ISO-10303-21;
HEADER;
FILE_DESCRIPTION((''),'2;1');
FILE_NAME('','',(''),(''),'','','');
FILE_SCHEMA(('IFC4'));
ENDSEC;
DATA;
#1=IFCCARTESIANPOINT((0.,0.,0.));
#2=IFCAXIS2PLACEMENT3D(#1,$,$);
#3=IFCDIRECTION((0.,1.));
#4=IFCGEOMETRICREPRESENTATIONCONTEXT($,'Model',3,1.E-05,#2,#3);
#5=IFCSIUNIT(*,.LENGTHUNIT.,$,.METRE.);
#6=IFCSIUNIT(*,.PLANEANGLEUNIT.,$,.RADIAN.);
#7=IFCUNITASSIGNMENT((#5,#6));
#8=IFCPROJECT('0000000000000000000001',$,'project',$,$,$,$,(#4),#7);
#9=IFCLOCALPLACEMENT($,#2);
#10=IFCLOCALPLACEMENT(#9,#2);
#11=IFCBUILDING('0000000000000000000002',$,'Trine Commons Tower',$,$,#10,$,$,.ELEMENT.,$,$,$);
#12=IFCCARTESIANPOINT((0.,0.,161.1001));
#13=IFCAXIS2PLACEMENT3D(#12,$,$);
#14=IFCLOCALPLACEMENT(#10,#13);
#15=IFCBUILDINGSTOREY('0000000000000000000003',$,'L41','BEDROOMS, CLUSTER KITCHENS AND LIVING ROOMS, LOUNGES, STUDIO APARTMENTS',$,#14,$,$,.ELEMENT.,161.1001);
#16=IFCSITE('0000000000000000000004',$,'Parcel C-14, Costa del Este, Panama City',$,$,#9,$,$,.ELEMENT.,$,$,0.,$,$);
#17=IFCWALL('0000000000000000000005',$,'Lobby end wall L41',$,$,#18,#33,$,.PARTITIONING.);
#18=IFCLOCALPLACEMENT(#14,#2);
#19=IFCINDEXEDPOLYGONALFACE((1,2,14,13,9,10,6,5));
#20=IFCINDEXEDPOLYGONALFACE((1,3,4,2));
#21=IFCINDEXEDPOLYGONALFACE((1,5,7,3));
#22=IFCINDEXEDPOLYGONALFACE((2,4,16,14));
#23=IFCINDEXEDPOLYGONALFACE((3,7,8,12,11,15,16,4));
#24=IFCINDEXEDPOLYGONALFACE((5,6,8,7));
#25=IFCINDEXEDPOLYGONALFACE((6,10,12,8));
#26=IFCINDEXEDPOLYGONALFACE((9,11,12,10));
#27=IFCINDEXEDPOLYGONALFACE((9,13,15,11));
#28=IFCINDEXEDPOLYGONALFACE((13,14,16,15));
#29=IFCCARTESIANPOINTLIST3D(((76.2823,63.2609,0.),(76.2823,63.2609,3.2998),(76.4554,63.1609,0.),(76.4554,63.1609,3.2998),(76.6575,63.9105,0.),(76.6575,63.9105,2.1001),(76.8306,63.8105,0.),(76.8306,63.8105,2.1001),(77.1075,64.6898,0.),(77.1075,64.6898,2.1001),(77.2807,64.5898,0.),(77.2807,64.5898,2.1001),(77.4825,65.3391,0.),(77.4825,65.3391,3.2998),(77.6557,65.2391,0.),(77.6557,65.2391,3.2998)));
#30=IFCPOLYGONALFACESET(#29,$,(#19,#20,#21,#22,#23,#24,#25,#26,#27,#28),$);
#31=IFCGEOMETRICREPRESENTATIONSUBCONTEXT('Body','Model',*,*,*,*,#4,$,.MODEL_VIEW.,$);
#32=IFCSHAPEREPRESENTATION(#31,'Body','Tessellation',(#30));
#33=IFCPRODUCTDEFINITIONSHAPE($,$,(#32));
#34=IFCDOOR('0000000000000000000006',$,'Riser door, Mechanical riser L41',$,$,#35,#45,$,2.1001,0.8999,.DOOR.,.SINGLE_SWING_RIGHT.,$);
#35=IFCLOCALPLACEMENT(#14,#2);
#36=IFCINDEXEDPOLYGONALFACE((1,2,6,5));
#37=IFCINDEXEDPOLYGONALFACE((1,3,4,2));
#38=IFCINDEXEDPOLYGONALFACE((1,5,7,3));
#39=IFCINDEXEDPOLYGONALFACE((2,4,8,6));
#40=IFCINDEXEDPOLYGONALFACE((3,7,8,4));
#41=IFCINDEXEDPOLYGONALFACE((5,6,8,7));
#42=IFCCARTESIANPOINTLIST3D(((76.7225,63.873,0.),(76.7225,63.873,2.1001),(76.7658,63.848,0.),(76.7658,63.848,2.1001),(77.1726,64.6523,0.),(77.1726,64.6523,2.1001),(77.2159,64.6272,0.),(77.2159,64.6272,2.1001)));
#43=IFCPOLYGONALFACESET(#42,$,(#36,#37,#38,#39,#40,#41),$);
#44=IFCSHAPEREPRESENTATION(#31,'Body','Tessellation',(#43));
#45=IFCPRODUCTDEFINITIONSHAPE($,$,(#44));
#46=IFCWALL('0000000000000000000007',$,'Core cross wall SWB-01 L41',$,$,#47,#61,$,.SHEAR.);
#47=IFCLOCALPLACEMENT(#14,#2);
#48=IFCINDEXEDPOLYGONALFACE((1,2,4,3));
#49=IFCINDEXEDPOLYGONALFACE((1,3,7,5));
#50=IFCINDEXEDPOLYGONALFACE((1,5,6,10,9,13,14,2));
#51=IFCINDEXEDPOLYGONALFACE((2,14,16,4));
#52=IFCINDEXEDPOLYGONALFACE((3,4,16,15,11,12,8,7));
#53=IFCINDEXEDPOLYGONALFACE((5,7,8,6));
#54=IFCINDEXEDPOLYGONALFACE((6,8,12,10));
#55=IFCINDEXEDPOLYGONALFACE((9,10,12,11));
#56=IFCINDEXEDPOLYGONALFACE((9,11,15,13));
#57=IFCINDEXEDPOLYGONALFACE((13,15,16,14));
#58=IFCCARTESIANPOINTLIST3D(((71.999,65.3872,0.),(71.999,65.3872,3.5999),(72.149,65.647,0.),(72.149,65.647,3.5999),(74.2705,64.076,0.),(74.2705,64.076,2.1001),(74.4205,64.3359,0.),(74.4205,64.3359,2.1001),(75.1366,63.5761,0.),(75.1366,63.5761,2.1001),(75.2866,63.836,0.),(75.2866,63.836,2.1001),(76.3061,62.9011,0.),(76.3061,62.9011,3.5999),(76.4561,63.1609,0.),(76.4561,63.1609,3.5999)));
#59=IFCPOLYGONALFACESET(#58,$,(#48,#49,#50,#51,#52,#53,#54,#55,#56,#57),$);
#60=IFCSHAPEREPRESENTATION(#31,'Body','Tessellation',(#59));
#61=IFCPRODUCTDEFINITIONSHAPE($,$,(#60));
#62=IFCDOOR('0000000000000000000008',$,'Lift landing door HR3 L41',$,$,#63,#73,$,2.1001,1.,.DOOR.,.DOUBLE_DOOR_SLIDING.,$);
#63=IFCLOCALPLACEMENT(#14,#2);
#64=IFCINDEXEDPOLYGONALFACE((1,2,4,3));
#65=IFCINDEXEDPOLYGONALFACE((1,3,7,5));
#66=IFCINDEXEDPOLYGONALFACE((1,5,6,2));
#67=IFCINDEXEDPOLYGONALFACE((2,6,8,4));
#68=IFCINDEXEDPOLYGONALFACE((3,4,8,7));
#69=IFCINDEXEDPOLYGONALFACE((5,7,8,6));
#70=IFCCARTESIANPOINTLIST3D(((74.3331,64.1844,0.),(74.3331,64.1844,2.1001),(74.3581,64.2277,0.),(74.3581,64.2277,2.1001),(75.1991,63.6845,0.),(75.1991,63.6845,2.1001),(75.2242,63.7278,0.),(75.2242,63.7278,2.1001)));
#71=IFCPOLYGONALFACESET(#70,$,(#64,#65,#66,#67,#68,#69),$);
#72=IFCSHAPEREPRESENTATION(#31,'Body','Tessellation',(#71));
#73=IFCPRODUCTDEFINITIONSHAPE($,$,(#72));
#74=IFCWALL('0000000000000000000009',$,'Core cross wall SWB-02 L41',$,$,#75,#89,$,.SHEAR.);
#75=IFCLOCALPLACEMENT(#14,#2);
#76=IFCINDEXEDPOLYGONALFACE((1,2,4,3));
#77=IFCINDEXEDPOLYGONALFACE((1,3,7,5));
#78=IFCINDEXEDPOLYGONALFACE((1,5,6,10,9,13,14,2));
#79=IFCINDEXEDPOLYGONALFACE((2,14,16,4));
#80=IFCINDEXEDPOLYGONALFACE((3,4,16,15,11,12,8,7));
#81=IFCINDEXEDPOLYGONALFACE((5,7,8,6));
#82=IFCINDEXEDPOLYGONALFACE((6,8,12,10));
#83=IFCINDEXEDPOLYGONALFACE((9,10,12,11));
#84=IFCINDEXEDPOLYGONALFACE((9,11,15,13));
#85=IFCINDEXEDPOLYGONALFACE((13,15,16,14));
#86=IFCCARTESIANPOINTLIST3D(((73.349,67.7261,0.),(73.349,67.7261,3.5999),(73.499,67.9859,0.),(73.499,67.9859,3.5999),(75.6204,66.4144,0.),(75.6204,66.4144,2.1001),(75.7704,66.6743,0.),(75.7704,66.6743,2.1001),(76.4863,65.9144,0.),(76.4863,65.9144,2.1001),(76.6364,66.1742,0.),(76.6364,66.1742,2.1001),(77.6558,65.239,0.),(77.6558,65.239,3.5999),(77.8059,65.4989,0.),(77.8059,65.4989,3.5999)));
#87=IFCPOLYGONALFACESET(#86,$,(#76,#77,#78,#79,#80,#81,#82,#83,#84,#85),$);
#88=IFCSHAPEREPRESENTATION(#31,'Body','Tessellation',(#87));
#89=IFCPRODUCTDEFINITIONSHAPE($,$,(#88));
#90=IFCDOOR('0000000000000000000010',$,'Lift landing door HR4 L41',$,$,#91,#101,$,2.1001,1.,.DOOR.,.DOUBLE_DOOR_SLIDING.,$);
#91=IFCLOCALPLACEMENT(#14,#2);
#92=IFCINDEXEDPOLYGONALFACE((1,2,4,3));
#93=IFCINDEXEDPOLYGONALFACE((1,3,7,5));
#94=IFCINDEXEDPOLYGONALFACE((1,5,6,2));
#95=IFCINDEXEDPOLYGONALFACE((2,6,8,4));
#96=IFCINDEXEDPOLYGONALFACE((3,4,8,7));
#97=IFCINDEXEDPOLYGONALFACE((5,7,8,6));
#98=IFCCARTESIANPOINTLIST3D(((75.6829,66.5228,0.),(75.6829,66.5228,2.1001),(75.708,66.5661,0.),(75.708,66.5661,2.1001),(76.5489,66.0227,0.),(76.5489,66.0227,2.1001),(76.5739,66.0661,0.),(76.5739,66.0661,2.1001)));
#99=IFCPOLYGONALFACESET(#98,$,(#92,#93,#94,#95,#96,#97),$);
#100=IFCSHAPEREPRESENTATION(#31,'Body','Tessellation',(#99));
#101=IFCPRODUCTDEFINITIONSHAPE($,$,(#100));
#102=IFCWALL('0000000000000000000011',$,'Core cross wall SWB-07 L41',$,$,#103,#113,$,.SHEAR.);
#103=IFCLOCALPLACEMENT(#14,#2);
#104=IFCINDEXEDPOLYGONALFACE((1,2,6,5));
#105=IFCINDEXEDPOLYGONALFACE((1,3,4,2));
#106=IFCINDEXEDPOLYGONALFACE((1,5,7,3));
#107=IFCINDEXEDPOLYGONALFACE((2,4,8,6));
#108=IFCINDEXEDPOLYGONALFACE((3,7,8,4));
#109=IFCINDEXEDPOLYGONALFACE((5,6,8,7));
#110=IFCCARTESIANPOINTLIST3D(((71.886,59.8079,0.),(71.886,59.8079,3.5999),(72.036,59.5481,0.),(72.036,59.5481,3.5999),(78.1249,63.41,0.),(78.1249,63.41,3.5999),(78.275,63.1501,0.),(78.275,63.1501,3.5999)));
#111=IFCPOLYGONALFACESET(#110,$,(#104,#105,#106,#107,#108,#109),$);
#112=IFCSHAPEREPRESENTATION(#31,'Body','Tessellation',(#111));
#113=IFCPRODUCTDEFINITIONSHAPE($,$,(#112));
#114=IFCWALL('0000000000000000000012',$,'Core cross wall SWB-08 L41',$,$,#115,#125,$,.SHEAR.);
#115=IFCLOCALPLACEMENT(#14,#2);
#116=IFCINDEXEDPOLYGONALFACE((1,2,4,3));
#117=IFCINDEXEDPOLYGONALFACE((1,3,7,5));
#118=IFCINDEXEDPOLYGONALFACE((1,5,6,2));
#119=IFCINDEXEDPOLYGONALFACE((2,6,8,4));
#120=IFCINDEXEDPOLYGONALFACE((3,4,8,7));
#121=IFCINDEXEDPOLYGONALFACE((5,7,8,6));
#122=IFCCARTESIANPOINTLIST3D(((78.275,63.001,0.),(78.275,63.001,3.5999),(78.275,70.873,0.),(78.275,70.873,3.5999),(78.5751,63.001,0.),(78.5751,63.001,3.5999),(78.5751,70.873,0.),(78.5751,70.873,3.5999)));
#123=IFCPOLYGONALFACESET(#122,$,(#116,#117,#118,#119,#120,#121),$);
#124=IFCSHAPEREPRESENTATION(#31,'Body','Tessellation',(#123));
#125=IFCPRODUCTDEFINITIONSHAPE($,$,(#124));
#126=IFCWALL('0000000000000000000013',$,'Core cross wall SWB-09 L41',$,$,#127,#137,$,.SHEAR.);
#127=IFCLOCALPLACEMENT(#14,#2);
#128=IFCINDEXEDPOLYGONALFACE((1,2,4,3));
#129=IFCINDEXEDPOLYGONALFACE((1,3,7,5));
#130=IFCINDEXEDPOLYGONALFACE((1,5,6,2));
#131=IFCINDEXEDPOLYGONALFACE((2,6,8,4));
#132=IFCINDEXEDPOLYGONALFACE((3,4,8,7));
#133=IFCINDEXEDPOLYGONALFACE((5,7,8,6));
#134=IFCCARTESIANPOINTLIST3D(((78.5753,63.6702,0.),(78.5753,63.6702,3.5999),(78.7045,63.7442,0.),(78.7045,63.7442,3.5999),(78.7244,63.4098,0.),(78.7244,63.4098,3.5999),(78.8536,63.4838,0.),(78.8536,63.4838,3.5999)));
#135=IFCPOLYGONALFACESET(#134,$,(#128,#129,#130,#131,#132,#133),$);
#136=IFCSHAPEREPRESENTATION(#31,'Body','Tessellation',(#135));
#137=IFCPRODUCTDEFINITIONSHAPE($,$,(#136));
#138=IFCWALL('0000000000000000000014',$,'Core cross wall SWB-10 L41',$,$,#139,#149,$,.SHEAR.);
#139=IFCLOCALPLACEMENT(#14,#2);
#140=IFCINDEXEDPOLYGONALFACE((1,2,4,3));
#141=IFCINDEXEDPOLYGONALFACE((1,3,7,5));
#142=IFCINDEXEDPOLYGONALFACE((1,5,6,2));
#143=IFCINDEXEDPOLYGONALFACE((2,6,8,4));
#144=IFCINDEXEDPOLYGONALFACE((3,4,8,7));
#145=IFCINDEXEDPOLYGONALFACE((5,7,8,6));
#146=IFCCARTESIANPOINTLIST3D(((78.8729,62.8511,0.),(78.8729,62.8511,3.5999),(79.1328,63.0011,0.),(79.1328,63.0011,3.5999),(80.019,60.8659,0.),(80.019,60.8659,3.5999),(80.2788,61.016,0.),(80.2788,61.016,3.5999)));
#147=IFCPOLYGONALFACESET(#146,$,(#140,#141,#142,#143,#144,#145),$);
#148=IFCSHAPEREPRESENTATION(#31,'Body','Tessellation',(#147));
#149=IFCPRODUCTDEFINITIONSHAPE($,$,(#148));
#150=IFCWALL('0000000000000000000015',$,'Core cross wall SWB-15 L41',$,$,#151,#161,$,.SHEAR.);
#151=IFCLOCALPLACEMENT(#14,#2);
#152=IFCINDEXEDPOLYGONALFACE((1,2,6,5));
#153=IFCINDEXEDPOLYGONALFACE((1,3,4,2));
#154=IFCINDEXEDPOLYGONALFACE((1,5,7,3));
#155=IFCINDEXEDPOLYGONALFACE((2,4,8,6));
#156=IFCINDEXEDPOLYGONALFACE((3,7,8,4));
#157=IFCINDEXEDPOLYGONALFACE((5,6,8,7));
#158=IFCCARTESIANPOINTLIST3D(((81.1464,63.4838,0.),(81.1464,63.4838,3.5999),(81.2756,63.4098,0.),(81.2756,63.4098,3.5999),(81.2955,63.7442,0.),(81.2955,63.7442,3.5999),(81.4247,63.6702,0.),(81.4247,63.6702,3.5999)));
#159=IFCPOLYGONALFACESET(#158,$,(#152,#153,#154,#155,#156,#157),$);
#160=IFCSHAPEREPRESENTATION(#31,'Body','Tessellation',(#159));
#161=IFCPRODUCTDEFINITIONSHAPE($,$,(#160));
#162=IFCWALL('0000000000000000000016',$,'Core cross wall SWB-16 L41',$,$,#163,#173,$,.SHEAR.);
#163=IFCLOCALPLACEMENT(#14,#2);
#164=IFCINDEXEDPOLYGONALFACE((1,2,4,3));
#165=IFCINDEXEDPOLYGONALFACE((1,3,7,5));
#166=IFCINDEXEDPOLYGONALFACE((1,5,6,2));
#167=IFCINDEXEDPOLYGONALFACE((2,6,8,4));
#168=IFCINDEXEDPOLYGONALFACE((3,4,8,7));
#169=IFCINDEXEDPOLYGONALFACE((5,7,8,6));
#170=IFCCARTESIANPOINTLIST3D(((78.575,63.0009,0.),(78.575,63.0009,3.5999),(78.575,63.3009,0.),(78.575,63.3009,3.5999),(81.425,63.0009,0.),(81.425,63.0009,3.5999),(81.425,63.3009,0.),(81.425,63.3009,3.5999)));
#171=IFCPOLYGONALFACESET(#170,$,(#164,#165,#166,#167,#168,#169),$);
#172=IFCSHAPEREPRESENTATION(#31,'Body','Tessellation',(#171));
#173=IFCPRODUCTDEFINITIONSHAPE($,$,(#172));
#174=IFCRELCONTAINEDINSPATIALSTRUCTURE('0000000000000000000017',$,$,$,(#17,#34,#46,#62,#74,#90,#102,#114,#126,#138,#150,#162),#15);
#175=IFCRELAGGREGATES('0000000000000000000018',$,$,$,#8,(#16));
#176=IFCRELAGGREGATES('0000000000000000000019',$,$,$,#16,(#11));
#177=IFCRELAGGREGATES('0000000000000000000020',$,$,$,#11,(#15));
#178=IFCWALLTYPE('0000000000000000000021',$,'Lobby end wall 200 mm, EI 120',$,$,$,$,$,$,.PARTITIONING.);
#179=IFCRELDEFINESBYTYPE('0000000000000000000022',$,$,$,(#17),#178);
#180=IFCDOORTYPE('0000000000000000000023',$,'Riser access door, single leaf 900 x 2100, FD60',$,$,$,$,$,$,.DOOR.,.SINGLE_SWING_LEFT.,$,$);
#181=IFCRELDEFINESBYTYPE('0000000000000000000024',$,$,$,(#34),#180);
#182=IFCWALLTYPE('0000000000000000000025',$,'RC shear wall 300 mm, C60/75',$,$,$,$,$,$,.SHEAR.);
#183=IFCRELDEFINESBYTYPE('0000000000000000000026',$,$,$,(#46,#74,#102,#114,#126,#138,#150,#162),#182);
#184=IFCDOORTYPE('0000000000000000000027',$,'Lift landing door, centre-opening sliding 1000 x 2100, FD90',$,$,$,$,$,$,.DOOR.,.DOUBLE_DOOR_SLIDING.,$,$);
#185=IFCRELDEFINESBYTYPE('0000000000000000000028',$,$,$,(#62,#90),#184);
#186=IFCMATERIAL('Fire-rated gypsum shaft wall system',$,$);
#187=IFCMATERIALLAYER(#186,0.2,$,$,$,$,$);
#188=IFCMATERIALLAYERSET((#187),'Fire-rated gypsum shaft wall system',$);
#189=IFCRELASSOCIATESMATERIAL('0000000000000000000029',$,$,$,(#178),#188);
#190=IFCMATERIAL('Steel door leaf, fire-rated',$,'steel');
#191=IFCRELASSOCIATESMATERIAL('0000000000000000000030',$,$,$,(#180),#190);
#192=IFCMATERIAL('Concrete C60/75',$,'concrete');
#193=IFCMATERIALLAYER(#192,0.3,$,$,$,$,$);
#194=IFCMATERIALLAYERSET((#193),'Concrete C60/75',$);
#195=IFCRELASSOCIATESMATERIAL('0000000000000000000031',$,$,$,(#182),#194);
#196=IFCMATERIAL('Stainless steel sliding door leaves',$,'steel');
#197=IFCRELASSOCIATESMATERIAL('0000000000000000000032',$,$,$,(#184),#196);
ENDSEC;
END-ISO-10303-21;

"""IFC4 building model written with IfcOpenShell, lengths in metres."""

from ifc_helpers import new_model, si_unit, direction, frame, frame_2d, origin, place, context, subcontext, project, spatial, rectangle, extrude, material, layer, layer_set, type_object, element, fill, save


model = new_model("IFC4")

# Units and contexts
model_context = context("Model", 3, precision=1e-05, world=origin(), true_north=direction((0.0, 1.0)))
body_context = subcontext(model_context, "Body", "Model", "MODEL_VIEW")
ifc_project = project(units=[si_unit("LENGTHUNIT", "METRE"), si_unit("PLANEANGLEUNIT", "RADIAN")], contexts=[model_context])

# Site, building, storey
site_placement = place(None, origin())
site = spatial("IfcSite", under=ifc_project, at=site_placement, Name="Parcel C-14, Costa del Este, Panama City", CompositionType="ELEMENT", RefElevation=0.0)
building_placement = place(site_placement, origin())
building = spatial("IfcBuilding", under=site, at=building_placement, Name="Trine Commons Tower", CompositionType="ELEMENT")
storey_placement = place(building_placement, frame((0.0, 0.0, 161.1001)))
storey = spatial("IfcBuildingStorey", under=building, at=storey_placement, Name="L41", Description="BEDROOMS, CLUSTER KITCHENS AND LIVING ROOMS, LOUNGES, STUDIO APARTMENTS", CompositionType="ELEMENT", Elevation=161.1001)

# Walls, openings, doors
ifc_material_1 = material(Name="Fire-rated gypsum shaft wall system")
ifc_layer_1 = layer(ifc_material_1, 0.2)
ifc_layer_set_1 = layer_set([ifc_layer_1], Name="Fire-rated gypsum shaft wall system")
wall_type_1 = type_object("IfcWallType", Name="Lobby end wall 200 mm, EI 120", PredefinedType="PARTITIONING", material=ifc_layer_set_1)
wall_1_placement = place(storey_placement, frame((77.5691, 65.2891, 0.0), z_axis=(0.0, 0.0, 1.0), x_axis=(-0.500122, -0.865955, 0.0)))
wall_1 = element("IfcWall", 1, at=wall_1_placement, inside=storey, type_object=wall_type_1, Name="Lobby end wall L41", PredefinedType="PARTITIONING", context=body_context, shape_type="SweptSolid", body=[
    extrude(rectangle(XDim=2.3999, YDim=0.2, at=frame_2d((1.2, 0.0))), origin(), (0.0, 0.0, 1.0), 3.2998),
])
opening_1_placement = place(wall_1_placement, frame((0.7498, 0.0, 0.0)))
opening_1 = element("IfcOpeningElement", 2, at=opening_1_placement, cuts=wall_1, PredefinedType="OPENING", context=body_context, shape_type="SweptSolid", body=[
    extrude(rectangle(XDim=0.8999, YDim=2.1001, at=frame_2d((0.45, 1.05))), frame((0.0, 0.1099, 0.0), z_axis=(0.0, -1.0, 0.0), x_axis=(1.0, 0.0, 0.0)), (0.0, 0.0, 1.0), 0.22),
])
ifc_material_2 = material(Name="Steel door leaf, fire-rated", Category="steel")
door_type_1 = type_object("IfcDoorType", Name="Riser access door, single leaf 900 x 2100, FD60", OperationType="SINGLE_SWING_LEFT", PredefinedType="DOOR", material=ifc_material_2)
door_1_placement = place(opening_1_placement, frame((0.8999, 0.0, 0.0), z_axis=(0.0, 0.0, 1.0), x_axis=(-1.0, 0.0, 0.0)))
door_1 = element("IfcDoor", 3, at=door_1_placement, inside=storey, type_object=door_type_1, Name="Riser door, Mechanical riser L41", OperationType="SINGLE_SWING_RIGHT", OverallHeight=2.1001, OverallWidth=0.8999, PredefinedType="DOOR", context=body_context, shape_type="SweptSolid", body=[
    extrude(rectangle(XDim=0.8999, YDim=2.1001, at=frame_2d((0.45, 1.05))), frame((0.0, 0.0249, 0.0), z_axis=(0.0, -1.0, 0.0), x_axis=(1.0, 0.0, 0.0)), (0.0, 0.0, 1.0), 0.05),
])
fill(opening_1, door_1)
ifc_material_3 = material(Name="Concrete C60/75", Category="concrete")
ifc_layer_2 = layer(ifc_material_3, 0.3)
ifc_layer_set_2 = layer_set([ifc_layer_2], Name="Concrete C60/75")
wall_type_2 = type_object("IfcWallType", Name="RC shear wall 300 mm, C60/75", PredefinedType="SHEAR", material=ifc_layer_set_2)
wall_2_placement = place(storey_placement, frame((76.3811, 63.031, 0.0), z_axis=(0.0, 0.0, 1.0), x_axis=(-0.866081, 0.499904, 0.0)))
wall_2 = element("IfcWall", 4, at=wall_2_placement, inside=storey, type_object=wall_type_2, Name="Core cross wall SWB-01 L41", PredefinedType="SHEAR", context=body_context, shape_type="SweptSolid", body=[
    extrude(rectangle(XDim=4.9731, YDim=0.3, at=frame_2d((2.4866, 0.0))), origin(), (0.0, 0.0, 1.0), 3.5999),
])
opening_2_placement = place(wall_2_placement, frame((1.3503, 0.0, 0.0)))
opening_2 = element("IfcOpeningElement", 5, at=opening_2_placement, cuts=wall_2, PredefinedType="OPENING", context=body_context, shape_type="SweptSolid", body=[
    extrude(rectangle(XDim=1.0, YDim=2.1001, at=frame_2d((0.5, 1.05))), frame((0.0, 0.1599, 0.0), z_axis=(0.0, -1.0, 0.0), x_axis=(1.0, 0.0, 0.0)), (0.0, 0.0, 1.0), 0.3201),
])
ifc_material_4 = material(Name="Stainless steel sliding door leaves", Category="steel")
door_type_2 = type_object("IfcDoorType", Name="Lift landing door, centre-opening sliding 1000 x 2100, FD90", OperationType="DOUBLE_DOOR_SLIDING", PredefinedType="DOOR", material=ifc_material_4)
door_2_placement = place(opening_2_placement, origin())
door_2 = element("IfcDoor", 6, at=door_2_placement, inside=storey, type_object=door_type_2, Name="Lift landing door HR3 L41", OperationType="DOUBLE_DOOR_SLIDING", OverallHeight=2.1001, OverallWidth=1.0, PredefinedType="DOOR", context=body_context, shape_type="SweptSolid", body=[
    extrude(rectangle(XDim=1.0, YDim=2.1001, at=frame_2d((0.5, 1.05))), frame((0.0, 0.0249, 0.0), z_axis=(0.0, -1.0, 0.0), x_axis=(1.0, 0.0, 0.0)), (0.0, 0.0, 1.0), 0.05),
])
fill(opening_2, door_2)
wall_3_placement = place(storey_placement, frame((77.731, 65.3689, 0.0), z_axis=(0.0, 0.0, 1.0), x_axis=(-0.865984, 0.500072, 0.0)))
wall_3 = element("IfcWall", 7, at=wall_3_placement, inside=storey, type_object=wall_type_2, Name="Core cross wall SWB-02 L41", PredefinedType="SHEAR", context=body_context, shape_type="SweptSolid", body=[
    extrude(rectangle(XDim=4.9734, YDim=0.3, at=frame_2d((2.4868, 0.0))), origin(), (0.0, 0.0, 1.0), 3.5999),
])
opening_3_placement = place(wall_3_placement, frame((1.3506, 0.0, 0.0)))
opening_3 = element("IfcOpeningElement", 8, at=opening_3_placement, cuts=wall_3, PredefinedType="OPENING", context=body_context, shape_type="SweptSolid", body=[
    extrude(rectangle(XDim=1.0, YDim=2.1001, at=frame_2d((0.5, 1.05))), frame((0.0, 0.1599, 0.0), z_axis=(0.0, -1.0, 0.0), x_axis=(1.0, 0.0, 0.0)), (0.0, 0.0, 1.0), 0.3201),
])
door_3_placement = place(opening_3_placement, origin())
door_3 = element("IfcDoor", 9, at=door_3_placement, inside=storey, type_object=door_type_2, Name="Lift landing door HR4 L41", OperationType="DOUBLE_DOOR_SLIDING", OverallHeight=2.1001, OverallWidth=1.0, PredefinedType="DOOR", context=body_context, shape_type="SweptSolid", body=[
    extrude(rectangle(XDim=1.0, YDim=2.1001, at=frame_2d((0.5, 1.05))), frame((0.0, 0.0249, 0.0), z_axis=(0.0, -1.0, 0.0), x_axis=(1.0, 0.0, 0.0)), (0.0, 0.0, 1.0), 0.05),
])
fill(opening_3, door_3)

# Walls
wall_4_placement = place(storey_placement, frame((78.2, 63.28, 0.0), z_axis=(0.0, 0.0, 1.0), x_axis=(-0.866028, -0.499995, 0.0)))
element("IfcWall", 10, at=wall_4_placement, inside=storey, type_object=wall_type_2, Name="Core cross wall SWB-07 L41", PredefinedType="SHEAR", context=body_context, shape_type="SweptSolid", body=[
    extrude(rectangle(XDim=7.2041, YDim=0.3, at=frame_2d((3.6021, 0.0))), origin(), (0.0, 0.0, 1.0), 3.5999),
])
wall_5_placement = place(storey_placement, frame((78.425, 63.001, 0.0), z_axis=(0.0, 0.0, 1.0), x_axis=(0.0, 1.0, 0.0)))
element("IfcWall", 11, at=wall_5_placement, inside=storey, type_object=wall_type_2, Name="Core cross wall SWB-08 L41", PredefinedType="SHEAR", context=body_context, shape_type="SweptSolid", body=[
    extrude(rectangle(XDim=7.8721, YDim=0.3, at=frame_2d((3.936, 0.0))), origin(), (0.0, 0.0, 1.0), 3.5999),
])
wall_6_placement = place(storey_placement, frame((78.7791, 63.614, 0.0), z_axis=(0.0, 0.0, 1.0), x_axis=(-0.867738, -0.497022, 0.0)))
element("IfcWall", 12, at=wall_6_placement, inside=storey, type_object=wall_type_2, Name="Core cross wall SWB-09 L41", PredefinedType="SHEAR", context=body_context, shape_type="SweptSolid", body=[
    extrude(rectangle(XDim=0.1489, YDim=0.3, at=frame_2d((0.0745, 0.0))), origin(), (0.0, 0.0, 1.0), 3.5999),
])
wall_7_placement = place(storey_placement, frame((79.0029, 62.926, 0.0), z_axis=(0.0, 0.0, 1.0), x_axis=(0.499965, -0.866045, 0.0)))
element("IfcWall", 13, at=wall_7_placement, inside=storey, type_object=wall_type_2, Name="Core cross wall SWB-10 L41", PredefinedType="SHEAR", context=body_context, shape_type="SweptSolid", body=[
    extrude(rectangle(XDim=2.2922, YDim=0.3, at=frame_2d((1.146, 0.0))), origin(), (0.0, 0.0, 1.0), 3.5999),
])
wall_8_placement = place(storey_placement, frame((81.2209, 63.614, 0.0), z_axis=(0.0, 0.0, 1.0), x_axis=(0.867738, -0.497022, 0.0)))
element("IfcWall", 14, at=wall_8_placement, inside=storey, type_object=wall_type_2, Name="Core cross wall SWB-15 L41", PredefinedType="SHEAR", context=body_context, shape_type="SweptSolid", body=[
    extrude(rectangle(XDim=0.1489, YDim=0.3, at=frame_2d((0.0745, 0.0))), origin(), (0.0, 0.0, 1.0), 3.5999),
])
wall_9_placement = place(storey_placement, frame((81.425, 63.1509, 0.0), z_axis=(0.0, 0.0, 1.0), x_axis=(-1.0, 0.0, 0.0)))
element("IfcWall", 15, at=wall_9_placement, inside=storey, type_object=wall_type_2, Name="Core cross wall SWB-16 L41", PredefinedType="SHEAR", context=body_context, shape_type="SweptSolid", body=[
    extrude(rectangle(XDim=2.8501, YDim=0.3, at=frame_2d((1.425, 0.0))), origin(), (0.0, 0.0, 1.0), 3.5999),
])

save(model, "model.ifc")
